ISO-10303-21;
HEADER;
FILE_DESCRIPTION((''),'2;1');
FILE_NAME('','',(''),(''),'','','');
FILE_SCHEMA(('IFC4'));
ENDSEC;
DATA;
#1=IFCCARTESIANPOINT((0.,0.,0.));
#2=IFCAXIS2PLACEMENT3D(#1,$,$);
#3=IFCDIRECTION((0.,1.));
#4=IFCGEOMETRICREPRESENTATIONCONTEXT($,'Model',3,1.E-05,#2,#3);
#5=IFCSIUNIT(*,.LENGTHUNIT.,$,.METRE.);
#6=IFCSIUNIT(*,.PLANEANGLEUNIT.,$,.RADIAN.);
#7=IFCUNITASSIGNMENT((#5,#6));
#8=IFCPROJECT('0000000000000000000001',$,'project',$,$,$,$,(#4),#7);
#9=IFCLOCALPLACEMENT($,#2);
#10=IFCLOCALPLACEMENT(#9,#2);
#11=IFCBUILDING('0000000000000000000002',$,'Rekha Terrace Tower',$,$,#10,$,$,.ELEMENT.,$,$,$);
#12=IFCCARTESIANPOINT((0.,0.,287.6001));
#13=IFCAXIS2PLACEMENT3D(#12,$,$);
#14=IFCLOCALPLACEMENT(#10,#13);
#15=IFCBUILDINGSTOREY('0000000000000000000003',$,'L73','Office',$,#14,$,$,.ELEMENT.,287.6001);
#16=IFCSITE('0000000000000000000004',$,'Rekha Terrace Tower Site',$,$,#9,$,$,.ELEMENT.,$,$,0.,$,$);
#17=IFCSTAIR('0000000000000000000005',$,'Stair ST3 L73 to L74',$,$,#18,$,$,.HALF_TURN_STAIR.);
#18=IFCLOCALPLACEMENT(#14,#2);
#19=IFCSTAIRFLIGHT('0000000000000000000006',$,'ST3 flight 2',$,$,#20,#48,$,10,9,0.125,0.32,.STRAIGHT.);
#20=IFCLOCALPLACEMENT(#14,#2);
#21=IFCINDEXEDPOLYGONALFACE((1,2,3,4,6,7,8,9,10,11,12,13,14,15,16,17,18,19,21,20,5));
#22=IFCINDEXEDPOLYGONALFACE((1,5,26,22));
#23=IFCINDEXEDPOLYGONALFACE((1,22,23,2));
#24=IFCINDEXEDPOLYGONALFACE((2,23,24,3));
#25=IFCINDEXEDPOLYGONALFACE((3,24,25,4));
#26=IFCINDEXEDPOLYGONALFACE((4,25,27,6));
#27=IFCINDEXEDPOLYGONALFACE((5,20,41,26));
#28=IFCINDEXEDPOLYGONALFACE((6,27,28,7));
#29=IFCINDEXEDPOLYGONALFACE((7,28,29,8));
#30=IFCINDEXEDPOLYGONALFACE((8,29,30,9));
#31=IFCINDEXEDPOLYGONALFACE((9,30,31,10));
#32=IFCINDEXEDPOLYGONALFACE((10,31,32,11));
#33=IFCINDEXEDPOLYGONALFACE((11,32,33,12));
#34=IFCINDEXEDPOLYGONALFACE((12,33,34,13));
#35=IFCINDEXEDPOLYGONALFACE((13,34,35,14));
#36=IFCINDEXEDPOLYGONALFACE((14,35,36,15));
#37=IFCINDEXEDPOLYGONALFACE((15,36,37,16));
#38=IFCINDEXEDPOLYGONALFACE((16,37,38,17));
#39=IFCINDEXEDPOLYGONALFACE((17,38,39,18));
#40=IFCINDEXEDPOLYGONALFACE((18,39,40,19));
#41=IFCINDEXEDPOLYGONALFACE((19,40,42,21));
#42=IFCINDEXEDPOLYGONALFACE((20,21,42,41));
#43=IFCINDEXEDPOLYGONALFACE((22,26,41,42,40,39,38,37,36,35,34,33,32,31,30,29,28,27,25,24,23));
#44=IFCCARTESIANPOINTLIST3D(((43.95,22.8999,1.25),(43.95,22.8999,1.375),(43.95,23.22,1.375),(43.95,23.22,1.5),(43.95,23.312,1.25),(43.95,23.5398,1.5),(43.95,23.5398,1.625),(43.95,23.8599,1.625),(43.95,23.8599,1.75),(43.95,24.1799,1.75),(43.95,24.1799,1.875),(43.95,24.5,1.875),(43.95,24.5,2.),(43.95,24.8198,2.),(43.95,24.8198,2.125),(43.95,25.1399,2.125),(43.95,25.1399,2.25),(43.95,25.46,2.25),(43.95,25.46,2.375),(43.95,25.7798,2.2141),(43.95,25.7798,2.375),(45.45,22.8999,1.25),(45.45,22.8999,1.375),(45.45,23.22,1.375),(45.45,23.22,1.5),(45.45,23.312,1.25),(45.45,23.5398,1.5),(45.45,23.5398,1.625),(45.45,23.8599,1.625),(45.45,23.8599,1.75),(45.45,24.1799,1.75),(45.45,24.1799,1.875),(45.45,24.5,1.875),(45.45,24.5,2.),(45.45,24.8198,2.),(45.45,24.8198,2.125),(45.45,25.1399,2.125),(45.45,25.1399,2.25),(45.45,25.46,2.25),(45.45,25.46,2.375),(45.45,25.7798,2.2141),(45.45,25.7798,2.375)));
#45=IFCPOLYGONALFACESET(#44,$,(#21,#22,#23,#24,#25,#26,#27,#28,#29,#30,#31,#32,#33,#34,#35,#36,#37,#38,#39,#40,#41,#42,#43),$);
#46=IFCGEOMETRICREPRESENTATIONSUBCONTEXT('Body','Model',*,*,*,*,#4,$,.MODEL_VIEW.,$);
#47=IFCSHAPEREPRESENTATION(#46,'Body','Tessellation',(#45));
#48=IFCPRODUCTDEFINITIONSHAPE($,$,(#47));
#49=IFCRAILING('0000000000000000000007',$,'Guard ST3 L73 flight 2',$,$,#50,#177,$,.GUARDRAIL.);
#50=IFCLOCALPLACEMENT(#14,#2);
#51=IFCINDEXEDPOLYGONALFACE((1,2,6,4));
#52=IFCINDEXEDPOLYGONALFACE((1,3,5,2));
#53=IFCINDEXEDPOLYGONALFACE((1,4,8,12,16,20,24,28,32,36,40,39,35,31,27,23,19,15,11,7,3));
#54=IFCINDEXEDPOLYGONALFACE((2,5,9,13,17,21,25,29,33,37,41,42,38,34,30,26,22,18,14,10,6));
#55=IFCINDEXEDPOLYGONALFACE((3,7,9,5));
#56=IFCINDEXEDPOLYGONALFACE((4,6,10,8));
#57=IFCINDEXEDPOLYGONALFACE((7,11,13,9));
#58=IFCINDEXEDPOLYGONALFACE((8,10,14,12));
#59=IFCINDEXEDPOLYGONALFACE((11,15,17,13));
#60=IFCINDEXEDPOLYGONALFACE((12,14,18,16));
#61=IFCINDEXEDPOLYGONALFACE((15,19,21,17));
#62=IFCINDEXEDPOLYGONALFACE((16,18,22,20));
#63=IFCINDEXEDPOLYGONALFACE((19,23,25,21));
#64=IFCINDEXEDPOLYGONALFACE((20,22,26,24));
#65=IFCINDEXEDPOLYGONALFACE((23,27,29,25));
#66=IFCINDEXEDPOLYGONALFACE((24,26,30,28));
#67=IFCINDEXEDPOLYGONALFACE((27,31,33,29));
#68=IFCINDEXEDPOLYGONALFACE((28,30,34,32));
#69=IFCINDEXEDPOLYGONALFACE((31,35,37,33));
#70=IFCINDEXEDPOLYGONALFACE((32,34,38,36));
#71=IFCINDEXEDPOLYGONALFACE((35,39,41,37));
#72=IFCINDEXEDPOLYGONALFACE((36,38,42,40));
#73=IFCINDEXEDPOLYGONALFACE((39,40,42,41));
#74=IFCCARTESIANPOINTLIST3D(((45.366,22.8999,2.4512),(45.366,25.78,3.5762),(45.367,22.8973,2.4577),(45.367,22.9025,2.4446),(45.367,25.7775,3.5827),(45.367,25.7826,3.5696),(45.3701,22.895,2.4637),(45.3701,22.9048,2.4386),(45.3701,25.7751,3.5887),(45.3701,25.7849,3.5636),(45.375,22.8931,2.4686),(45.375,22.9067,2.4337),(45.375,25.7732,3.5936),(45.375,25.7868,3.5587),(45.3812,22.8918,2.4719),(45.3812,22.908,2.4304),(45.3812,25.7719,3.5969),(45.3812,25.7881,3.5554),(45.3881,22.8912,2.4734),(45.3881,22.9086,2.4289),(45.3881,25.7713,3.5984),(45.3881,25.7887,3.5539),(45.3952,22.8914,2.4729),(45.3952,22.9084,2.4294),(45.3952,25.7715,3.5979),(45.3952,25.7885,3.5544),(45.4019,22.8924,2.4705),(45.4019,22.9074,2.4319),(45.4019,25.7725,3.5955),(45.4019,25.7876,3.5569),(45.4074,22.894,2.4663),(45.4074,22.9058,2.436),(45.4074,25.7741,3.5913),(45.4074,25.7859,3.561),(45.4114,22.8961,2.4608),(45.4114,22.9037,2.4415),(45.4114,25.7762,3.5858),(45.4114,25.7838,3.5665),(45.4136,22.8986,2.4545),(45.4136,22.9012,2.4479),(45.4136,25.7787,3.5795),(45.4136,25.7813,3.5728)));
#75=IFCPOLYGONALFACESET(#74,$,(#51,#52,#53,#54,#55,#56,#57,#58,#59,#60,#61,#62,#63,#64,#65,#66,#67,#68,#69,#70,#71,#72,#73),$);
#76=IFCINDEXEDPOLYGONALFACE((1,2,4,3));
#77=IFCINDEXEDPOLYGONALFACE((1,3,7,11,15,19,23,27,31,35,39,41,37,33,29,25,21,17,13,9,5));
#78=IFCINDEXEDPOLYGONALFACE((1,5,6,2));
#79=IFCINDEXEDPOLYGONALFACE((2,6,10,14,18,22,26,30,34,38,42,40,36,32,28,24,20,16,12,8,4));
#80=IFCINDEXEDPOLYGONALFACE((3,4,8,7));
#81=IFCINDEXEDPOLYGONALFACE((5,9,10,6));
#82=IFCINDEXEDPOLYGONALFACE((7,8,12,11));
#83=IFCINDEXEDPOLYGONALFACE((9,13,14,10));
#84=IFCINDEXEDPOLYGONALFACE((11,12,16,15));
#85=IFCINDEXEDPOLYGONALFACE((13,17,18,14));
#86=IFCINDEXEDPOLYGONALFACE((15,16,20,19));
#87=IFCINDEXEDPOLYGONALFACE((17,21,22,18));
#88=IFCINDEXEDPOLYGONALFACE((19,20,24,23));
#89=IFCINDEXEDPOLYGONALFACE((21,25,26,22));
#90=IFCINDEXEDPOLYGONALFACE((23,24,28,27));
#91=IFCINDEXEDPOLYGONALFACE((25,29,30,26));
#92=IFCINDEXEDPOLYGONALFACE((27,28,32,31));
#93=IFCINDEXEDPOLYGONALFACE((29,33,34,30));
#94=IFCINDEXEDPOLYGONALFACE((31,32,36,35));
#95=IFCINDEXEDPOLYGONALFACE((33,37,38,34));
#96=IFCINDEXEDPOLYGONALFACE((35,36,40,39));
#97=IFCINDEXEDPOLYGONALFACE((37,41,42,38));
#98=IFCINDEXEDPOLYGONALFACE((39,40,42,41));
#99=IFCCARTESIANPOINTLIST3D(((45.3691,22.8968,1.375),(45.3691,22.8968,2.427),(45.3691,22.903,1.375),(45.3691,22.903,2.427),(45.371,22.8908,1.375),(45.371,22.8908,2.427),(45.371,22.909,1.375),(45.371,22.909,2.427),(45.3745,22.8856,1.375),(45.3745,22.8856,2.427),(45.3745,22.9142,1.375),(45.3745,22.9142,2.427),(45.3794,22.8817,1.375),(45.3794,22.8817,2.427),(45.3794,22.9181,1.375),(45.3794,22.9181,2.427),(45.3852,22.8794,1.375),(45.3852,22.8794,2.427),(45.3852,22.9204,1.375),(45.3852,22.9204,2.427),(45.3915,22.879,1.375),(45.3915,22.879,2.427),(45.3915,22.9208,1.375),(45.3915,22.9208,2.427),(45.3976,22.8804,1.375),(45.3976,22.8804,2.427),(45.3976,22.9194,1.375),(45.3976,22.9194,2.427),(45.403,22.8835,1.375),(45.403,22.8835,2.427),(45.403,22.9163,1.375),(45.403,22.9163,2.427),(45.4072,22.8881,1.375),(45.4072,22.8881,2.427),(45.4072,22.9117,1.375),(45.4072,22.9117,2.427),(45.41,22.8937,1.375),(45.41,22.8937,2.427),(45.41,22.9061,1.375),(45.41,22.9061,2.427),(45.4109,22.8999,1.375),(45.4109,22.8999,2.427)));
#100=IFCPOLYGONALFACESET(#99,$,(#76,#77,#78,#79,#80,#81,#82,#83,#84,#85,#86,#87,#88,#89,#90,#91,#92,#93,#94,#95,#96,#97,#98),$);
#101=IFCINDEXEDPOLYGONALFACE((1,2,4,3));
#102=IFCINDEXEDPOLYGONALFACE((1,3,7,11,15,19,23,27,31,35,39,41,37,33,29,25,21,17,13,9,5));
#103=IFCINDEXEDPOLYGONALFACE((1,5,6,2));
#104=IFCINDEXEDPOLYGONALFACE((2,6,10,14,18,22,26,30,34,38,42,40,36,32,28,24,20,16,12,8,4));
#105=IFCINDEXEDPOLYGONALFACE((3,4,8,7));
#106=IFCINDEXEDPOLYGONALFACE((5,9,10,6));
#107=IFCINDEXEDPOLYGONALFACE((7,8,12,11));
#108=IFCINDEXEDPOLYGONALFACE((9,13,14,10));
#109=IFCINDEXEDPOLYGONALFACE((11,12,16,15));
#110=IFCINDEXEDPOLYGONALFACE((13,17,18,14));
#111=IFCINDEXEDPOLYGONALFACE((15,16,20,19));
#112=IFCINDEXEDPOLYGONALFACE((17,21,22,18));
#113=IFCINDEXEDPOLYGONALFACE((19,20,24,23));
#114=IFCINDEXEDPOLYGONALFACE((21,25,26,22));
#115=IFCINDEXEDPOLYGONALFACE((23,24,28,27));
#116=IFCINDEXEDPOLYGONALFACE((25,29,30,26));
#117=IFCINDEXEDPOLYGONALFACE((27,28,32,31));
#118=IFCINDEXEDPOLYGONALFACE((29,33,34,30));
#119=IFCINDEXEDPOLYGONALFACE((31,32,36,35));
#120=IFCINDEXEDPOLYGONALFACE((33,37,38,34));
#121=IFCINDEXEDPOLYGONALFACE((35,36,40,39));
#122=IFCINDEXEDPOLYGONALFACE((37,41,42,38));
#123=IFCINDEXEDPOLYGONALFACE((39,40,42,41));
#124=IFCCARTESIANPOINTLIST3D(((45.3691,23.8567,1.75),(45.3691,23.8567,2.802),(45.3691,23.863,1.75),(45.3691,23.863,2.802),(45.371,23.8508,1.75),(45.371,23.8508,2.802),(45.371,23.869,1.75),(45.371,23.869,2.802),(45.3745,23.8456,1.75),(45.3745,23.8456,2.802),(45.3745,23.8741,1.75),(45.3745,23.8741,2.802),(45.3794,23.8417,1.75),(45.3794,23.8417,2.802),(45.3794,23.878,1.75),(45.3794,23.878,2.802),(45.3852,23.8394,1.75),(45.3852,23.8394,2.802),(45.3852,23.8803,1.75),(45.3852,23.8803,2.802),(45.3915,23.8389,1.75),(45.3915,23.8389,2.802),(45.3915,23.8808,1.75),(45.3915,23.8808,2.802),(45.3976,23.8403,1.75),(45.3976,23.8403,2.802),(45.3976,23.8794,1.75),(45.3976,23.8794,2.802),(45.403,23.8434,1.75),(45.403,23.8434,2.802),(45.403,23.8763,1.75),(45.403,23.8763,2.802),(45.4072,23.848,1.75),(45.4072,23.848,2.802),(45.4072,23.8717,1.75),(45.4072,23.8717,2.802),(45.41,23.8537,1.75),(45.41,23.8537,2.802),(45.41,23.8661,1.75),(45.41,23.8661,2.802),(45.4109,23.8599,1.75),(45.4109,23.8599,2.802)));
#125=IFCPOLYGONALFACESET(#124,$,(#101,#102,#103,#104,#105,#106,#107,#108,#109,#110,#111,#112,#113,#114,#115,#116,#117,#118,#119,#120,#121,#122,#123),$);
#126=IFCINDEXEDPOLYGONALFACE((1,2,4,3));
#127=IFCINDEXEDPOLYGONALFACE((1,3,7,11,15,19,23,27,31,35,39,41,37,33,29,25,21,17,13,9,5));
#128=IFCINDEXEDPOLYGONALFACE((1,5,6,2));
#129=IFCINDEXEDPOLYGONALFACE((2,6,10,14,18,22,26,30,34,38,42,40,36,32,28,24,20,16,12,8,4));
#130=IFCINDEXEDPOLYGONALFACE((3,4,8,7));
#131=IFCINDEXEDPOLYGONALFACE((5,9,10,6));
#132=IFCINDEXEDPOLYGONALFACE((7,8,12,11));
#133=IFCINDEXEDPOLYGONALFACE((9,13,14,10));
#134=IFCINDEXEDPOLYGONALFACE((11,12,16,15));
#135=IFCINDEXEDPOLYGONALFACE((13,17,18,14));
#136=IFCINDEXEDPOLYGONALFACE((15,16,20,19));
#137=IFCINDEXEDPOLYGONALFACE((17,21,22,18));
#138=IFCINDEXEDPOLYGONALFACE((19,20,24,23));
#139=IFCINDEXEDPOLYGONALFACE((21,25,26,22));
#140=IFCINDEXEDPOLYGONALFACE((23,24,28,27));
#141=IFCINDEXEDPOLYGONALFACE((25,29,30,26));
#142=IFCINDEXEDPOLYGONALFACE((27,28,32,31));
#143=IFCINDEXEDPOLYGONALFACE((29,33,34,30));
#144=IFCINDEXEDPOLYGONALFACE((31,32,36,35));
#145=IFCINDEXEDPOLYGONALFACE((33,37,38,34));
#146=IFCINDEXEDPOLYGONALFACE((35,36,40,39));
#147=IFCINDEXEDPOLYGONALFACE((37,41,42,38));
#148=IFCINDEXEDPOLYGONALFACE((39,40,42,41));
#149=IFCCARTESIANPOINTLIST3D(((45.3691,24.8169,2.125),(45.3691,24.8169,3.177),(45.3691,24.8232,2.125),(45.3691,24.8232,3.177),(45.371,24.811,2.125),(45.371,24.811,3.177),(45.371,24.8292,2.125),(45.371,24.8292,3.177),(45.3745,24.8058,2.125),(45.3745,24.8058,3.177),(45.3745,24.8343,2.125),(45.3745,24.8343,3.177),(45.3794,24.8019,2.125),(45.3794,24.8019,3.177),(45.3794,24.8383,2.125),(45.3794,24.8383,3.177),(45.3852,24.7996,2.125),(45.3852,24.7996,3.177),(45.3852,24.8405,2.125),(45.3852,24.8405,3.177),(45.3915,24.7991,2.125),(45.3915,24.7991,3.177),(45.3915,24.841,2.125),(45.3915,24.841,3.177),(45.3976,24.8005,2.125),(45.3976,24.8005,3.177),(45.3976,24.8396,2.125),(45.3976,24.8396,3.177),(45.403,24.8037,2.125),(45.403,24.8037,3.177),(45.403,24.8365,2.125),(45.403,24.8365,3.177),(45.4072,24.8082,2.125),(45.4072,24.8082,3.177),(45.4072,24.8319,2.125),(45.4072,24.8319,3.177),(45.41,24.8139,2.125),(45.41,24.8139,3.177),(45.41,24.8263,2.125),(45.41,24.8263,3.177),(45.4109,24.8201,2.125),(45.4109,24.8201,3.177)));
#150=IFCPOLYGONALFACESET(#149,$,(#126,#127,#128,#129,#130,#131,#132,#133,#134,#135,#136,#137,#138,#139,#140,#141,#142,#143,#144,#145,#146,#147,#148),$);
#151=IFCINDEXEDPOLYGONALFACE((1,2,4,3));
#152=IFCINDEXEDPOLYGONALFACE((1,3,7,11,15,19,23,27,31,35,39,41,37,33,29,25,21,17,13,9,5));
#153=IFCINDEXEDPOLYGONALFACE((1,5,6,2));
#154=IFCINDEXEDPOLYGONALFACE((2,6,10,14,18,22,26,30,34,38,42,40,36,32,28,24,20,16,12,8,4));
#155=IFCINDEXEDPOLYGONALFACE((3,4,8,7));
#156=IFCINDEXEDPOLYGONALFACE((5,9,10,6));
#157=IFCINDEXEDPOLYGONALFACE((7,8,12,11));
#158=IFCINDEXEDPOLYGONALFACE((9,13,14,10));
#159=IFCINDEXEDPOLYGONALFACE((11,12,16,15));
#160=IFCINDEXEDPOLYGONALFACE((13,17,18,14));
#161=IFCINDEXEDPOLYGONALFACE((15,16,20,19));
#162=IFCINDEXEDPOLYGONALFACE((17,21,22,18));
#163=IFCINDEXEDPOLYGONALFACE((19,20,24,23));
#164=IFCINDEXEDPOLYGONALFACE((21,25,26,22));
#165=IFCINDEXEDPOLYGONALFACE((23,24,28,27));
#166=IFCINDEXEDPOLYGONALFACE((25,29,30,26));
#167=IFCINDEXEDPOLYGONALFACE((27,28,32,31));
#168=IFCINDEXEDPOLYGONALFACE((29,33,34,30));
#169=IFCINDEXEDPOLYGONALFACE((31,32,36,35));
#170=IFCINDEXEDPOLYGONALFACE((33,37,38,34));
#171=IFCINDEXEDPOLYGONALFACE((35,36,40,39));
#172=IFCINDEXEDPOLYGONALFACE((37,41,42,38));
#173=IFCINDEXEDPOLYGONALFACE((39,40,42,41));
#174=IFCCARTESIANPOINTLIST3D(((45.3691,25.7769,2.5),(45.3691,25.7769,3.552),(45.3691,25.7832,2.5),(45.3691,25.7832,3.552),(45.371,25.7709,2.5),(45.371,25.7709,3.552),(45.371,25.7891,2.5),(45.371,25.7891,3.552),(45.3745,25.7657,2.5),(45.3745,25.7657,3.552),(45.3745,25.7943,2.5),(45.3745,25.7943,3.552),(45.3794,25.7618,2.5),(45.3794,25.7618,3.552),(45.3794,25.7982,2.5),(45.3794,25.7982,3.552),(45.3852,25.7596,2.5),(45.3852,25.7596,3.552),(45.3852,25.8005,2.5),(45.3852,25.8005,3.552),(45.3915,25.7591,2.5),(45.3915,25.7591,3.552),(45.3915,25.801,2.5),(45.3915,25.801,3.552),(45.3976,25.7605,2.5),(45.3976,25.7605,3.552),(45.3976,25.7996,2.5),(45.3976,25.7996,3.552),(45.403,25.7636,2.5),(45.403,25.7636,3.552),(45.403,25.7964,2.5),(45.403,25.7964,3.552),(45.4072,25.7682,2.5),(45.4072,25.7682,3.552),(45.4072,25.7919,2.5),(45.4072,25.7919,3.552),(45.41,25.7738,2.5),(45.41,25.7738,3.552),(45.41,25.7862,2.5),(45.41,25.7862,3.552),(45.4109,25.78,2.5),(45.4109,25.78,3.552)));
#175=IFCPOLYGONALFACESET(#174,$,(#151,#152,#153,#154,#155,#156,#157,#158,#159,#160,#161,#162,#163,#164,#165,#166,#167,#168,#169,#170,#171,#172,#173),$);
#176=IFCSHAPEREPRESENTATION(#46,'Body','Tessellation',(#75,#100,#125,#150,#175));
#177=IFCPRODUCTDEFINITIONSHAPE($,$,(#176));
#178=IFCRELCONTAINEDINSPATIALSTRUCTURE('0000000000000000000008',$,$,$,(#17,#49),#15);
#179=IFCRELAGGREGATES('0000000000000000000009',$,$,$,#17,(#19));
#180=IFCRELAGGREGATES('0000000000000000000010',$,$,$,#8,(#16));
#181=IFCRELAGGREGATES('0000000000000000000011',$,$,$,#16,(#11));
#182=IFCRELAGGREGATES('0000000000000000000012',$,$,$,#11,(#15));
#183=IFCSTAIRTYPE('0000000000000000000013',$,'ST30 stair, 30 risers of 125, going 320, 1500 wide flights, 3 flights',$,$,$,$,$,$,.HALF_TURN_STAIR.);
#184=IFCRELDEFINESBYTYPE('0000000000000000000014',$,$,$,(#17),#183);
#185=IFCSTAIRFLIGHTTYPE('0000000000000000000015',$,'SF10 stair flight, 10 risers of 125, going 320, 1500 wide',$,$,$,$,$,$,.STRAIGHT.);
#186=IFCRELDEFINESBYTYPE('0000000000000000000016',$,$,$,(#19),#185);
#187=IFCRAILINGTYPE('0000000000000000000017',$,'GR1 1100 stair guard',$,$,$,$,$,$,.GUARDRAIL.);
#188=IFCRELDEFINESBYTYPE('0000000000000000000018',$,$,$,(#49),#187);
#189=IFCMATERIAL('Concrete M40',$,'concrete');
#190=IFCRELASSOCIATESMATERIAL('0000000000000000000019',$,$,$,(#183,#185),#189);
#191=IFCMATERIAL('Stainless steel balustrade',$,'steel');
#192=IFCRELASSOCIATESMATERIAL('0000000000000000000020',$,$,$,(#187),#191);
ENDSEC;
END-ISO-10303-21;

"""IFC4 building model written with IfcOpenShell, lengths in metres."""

from ifc_helpers import new_model, si_unit, direction, frame, origin, origin_2d, place, context, subcontext, project, spatial, polyline, circle, outline, extrude, material, type_object, element, aggregate, save


model = new_model("IFC4")

# Units and contexts
model_context = context("Model", 3, precision=1e-05, world=origin(), true_north=direction((0.0, 1.0)))
body_context = subcontext(model_context, "Body", "Model", "MODEL_VIEW")
ifc_project = project(units=[si_unit("LENGTHUNIT", "METRE"), si_unit("PLANEANGLEUNIT", "RADIAN")], contexts=[model_context])

# Site, building, storey
site_placement = place(None, origin())
site = spatial("IfcSite", under=ifc_project, at=site_placement, Name="Rekha Terrace Tower Site", CompositionType="ELEMENT", RefElevation=0.0)
building_placement = place(site_placement, origin())
building = spatial("IfcBuilding", under=site, at=building_placement, Name="Rekha Terrace Tower", CompositionType="ELEMENT")
storey_placement = place(building_placement, frame((0.0, 0.0, 287.6001)))
storey = spatial("IfcBuildingStorey", under=building, at=storey_placement, Name="L73", Description="Office", CompositionType="ELEMENT", Elevation=287.6001)

# Stair, stair flight
ifc_material_1 = material(Name="Concrete M40", Category="concrete")
stair_type = type_object("IfcStairType", Name="ST30 stair, 30 risers of 125, going 320, 1500 wide flights, 3 flights", PredefinedType="HALF_TURN_STAIR", material=ifc_material_1)
stair_placement = place(storey_placement, origin())
stair = element("IfcStair", 1, at=stair_placement, inside=storey, type_object=stair_type, Name="Stair ST3 L73 to L74", PredefinedType="HALF_TURN_STAIR")
stair_flight_type = type_object("IfcStairFlightType", Name="SF10 stair flight, 10 risers of 125, going 320, 1500 wide", PredefinedType="STRAIGHT", material=ifc_material_1)
stair_flight_placement = place(storey_placement, frame((44.7, 22.8999, 1.25), z_axis=(0.0, 0.0, 1.0), x_axis=(0.0, 1.0, 0.0)))
stair_flight = element("IfcStairFlight", 2, at=stair_flight_placement, type_object=stair_flight_type, Name="ST3 flight 2", NumberOfRisers=10, NumberOfTreads=9, PredefinedType="STRAIGHT", RiserHeight=0.125, TreadLength=0.32, context=body_context, shape_type="SweptSolid", body=[
    extrude(outline(polyline([(0.0, 0.0), (0.0, 0.125), (0.3201, 0.125), (0.3201, 0.25), (0.6399, 0.25), (0.6399, 0.375), (0.96, 0.375), (0.96, 0.5), (1.28, 0.5), (1.28, 0.625), (1.6001, 0.625), (1.6001, 0.75), (1.9199, 0.75), (1.9199, 0.875), (2.24, 0.875), (2.24, 1.0), (2.5601, 1.0), (2.5601, 1.125), (2.8799, 1.125), (2.8799, 1.25), (2.8799, 0.9641), (0.4121, 0.0), (0.0, 0.0)])), frame((0.0, 0.75, 0.0), z_axis=(0.0, -1.0, 0.0), x_axis=(1.0, 0.0, 0.0)), (0.0, 0.0, 1.0), 1.5),
])
aggregate(stair, [stair_flight])

# Railing
ifc_material_2 = material(Name="Stainless steel balustrade", Category="steel")
railing_type_1 = type_object("IfcRailingType", Name="GR1 1100 stair guard", PredefinedType="GUARDRAIL", material=ifc_material_2)
railing_1_placement = place(storey_placement, frame((45.3899, 22.8999, 1.375)))
element("IfcRailing", 3, at=railing_1_placement, inside=storey, type_object=railing_type_1, Name="Guard ST3 L73 flight 2", PredefinedType="GUARDRAIL", context=body_context, shape_type="SweptSolid", body=[
    extrude(circle(Radius=0.0239, at=origin_2d()), frame((0.0, 0.0, 1.0762), z_axis=(0.0, 0.931463, 0.363837), x_axis=(-1.0, 0.0, 0.0)), (0.0, 0.0, 1.0), 3.092),
    extrude(circle(Radius=0.021, at=origin_2d()), origin(), (0.0, 0.0, 1.0), 1.052),
    extrude(circle(Radius=0.021, at=origin_2d()), frame((0.0, 0.96, 0.375)), (0.0, 0.0, 1.0), 1.052),
    extrude(circle(Radius=0.021, at=origin_2d()), frame((0.0, 1.9202, 0.75)), (0.0, 0.0, 1.0), 1.052),
    extrude(circle(Radius=0.021, at=origin_2d()), frame((0.0, 2.8801, 1.125)), (0.0, 0.0, 1.0), 1.052),
])

save(model, "model.ifc")
